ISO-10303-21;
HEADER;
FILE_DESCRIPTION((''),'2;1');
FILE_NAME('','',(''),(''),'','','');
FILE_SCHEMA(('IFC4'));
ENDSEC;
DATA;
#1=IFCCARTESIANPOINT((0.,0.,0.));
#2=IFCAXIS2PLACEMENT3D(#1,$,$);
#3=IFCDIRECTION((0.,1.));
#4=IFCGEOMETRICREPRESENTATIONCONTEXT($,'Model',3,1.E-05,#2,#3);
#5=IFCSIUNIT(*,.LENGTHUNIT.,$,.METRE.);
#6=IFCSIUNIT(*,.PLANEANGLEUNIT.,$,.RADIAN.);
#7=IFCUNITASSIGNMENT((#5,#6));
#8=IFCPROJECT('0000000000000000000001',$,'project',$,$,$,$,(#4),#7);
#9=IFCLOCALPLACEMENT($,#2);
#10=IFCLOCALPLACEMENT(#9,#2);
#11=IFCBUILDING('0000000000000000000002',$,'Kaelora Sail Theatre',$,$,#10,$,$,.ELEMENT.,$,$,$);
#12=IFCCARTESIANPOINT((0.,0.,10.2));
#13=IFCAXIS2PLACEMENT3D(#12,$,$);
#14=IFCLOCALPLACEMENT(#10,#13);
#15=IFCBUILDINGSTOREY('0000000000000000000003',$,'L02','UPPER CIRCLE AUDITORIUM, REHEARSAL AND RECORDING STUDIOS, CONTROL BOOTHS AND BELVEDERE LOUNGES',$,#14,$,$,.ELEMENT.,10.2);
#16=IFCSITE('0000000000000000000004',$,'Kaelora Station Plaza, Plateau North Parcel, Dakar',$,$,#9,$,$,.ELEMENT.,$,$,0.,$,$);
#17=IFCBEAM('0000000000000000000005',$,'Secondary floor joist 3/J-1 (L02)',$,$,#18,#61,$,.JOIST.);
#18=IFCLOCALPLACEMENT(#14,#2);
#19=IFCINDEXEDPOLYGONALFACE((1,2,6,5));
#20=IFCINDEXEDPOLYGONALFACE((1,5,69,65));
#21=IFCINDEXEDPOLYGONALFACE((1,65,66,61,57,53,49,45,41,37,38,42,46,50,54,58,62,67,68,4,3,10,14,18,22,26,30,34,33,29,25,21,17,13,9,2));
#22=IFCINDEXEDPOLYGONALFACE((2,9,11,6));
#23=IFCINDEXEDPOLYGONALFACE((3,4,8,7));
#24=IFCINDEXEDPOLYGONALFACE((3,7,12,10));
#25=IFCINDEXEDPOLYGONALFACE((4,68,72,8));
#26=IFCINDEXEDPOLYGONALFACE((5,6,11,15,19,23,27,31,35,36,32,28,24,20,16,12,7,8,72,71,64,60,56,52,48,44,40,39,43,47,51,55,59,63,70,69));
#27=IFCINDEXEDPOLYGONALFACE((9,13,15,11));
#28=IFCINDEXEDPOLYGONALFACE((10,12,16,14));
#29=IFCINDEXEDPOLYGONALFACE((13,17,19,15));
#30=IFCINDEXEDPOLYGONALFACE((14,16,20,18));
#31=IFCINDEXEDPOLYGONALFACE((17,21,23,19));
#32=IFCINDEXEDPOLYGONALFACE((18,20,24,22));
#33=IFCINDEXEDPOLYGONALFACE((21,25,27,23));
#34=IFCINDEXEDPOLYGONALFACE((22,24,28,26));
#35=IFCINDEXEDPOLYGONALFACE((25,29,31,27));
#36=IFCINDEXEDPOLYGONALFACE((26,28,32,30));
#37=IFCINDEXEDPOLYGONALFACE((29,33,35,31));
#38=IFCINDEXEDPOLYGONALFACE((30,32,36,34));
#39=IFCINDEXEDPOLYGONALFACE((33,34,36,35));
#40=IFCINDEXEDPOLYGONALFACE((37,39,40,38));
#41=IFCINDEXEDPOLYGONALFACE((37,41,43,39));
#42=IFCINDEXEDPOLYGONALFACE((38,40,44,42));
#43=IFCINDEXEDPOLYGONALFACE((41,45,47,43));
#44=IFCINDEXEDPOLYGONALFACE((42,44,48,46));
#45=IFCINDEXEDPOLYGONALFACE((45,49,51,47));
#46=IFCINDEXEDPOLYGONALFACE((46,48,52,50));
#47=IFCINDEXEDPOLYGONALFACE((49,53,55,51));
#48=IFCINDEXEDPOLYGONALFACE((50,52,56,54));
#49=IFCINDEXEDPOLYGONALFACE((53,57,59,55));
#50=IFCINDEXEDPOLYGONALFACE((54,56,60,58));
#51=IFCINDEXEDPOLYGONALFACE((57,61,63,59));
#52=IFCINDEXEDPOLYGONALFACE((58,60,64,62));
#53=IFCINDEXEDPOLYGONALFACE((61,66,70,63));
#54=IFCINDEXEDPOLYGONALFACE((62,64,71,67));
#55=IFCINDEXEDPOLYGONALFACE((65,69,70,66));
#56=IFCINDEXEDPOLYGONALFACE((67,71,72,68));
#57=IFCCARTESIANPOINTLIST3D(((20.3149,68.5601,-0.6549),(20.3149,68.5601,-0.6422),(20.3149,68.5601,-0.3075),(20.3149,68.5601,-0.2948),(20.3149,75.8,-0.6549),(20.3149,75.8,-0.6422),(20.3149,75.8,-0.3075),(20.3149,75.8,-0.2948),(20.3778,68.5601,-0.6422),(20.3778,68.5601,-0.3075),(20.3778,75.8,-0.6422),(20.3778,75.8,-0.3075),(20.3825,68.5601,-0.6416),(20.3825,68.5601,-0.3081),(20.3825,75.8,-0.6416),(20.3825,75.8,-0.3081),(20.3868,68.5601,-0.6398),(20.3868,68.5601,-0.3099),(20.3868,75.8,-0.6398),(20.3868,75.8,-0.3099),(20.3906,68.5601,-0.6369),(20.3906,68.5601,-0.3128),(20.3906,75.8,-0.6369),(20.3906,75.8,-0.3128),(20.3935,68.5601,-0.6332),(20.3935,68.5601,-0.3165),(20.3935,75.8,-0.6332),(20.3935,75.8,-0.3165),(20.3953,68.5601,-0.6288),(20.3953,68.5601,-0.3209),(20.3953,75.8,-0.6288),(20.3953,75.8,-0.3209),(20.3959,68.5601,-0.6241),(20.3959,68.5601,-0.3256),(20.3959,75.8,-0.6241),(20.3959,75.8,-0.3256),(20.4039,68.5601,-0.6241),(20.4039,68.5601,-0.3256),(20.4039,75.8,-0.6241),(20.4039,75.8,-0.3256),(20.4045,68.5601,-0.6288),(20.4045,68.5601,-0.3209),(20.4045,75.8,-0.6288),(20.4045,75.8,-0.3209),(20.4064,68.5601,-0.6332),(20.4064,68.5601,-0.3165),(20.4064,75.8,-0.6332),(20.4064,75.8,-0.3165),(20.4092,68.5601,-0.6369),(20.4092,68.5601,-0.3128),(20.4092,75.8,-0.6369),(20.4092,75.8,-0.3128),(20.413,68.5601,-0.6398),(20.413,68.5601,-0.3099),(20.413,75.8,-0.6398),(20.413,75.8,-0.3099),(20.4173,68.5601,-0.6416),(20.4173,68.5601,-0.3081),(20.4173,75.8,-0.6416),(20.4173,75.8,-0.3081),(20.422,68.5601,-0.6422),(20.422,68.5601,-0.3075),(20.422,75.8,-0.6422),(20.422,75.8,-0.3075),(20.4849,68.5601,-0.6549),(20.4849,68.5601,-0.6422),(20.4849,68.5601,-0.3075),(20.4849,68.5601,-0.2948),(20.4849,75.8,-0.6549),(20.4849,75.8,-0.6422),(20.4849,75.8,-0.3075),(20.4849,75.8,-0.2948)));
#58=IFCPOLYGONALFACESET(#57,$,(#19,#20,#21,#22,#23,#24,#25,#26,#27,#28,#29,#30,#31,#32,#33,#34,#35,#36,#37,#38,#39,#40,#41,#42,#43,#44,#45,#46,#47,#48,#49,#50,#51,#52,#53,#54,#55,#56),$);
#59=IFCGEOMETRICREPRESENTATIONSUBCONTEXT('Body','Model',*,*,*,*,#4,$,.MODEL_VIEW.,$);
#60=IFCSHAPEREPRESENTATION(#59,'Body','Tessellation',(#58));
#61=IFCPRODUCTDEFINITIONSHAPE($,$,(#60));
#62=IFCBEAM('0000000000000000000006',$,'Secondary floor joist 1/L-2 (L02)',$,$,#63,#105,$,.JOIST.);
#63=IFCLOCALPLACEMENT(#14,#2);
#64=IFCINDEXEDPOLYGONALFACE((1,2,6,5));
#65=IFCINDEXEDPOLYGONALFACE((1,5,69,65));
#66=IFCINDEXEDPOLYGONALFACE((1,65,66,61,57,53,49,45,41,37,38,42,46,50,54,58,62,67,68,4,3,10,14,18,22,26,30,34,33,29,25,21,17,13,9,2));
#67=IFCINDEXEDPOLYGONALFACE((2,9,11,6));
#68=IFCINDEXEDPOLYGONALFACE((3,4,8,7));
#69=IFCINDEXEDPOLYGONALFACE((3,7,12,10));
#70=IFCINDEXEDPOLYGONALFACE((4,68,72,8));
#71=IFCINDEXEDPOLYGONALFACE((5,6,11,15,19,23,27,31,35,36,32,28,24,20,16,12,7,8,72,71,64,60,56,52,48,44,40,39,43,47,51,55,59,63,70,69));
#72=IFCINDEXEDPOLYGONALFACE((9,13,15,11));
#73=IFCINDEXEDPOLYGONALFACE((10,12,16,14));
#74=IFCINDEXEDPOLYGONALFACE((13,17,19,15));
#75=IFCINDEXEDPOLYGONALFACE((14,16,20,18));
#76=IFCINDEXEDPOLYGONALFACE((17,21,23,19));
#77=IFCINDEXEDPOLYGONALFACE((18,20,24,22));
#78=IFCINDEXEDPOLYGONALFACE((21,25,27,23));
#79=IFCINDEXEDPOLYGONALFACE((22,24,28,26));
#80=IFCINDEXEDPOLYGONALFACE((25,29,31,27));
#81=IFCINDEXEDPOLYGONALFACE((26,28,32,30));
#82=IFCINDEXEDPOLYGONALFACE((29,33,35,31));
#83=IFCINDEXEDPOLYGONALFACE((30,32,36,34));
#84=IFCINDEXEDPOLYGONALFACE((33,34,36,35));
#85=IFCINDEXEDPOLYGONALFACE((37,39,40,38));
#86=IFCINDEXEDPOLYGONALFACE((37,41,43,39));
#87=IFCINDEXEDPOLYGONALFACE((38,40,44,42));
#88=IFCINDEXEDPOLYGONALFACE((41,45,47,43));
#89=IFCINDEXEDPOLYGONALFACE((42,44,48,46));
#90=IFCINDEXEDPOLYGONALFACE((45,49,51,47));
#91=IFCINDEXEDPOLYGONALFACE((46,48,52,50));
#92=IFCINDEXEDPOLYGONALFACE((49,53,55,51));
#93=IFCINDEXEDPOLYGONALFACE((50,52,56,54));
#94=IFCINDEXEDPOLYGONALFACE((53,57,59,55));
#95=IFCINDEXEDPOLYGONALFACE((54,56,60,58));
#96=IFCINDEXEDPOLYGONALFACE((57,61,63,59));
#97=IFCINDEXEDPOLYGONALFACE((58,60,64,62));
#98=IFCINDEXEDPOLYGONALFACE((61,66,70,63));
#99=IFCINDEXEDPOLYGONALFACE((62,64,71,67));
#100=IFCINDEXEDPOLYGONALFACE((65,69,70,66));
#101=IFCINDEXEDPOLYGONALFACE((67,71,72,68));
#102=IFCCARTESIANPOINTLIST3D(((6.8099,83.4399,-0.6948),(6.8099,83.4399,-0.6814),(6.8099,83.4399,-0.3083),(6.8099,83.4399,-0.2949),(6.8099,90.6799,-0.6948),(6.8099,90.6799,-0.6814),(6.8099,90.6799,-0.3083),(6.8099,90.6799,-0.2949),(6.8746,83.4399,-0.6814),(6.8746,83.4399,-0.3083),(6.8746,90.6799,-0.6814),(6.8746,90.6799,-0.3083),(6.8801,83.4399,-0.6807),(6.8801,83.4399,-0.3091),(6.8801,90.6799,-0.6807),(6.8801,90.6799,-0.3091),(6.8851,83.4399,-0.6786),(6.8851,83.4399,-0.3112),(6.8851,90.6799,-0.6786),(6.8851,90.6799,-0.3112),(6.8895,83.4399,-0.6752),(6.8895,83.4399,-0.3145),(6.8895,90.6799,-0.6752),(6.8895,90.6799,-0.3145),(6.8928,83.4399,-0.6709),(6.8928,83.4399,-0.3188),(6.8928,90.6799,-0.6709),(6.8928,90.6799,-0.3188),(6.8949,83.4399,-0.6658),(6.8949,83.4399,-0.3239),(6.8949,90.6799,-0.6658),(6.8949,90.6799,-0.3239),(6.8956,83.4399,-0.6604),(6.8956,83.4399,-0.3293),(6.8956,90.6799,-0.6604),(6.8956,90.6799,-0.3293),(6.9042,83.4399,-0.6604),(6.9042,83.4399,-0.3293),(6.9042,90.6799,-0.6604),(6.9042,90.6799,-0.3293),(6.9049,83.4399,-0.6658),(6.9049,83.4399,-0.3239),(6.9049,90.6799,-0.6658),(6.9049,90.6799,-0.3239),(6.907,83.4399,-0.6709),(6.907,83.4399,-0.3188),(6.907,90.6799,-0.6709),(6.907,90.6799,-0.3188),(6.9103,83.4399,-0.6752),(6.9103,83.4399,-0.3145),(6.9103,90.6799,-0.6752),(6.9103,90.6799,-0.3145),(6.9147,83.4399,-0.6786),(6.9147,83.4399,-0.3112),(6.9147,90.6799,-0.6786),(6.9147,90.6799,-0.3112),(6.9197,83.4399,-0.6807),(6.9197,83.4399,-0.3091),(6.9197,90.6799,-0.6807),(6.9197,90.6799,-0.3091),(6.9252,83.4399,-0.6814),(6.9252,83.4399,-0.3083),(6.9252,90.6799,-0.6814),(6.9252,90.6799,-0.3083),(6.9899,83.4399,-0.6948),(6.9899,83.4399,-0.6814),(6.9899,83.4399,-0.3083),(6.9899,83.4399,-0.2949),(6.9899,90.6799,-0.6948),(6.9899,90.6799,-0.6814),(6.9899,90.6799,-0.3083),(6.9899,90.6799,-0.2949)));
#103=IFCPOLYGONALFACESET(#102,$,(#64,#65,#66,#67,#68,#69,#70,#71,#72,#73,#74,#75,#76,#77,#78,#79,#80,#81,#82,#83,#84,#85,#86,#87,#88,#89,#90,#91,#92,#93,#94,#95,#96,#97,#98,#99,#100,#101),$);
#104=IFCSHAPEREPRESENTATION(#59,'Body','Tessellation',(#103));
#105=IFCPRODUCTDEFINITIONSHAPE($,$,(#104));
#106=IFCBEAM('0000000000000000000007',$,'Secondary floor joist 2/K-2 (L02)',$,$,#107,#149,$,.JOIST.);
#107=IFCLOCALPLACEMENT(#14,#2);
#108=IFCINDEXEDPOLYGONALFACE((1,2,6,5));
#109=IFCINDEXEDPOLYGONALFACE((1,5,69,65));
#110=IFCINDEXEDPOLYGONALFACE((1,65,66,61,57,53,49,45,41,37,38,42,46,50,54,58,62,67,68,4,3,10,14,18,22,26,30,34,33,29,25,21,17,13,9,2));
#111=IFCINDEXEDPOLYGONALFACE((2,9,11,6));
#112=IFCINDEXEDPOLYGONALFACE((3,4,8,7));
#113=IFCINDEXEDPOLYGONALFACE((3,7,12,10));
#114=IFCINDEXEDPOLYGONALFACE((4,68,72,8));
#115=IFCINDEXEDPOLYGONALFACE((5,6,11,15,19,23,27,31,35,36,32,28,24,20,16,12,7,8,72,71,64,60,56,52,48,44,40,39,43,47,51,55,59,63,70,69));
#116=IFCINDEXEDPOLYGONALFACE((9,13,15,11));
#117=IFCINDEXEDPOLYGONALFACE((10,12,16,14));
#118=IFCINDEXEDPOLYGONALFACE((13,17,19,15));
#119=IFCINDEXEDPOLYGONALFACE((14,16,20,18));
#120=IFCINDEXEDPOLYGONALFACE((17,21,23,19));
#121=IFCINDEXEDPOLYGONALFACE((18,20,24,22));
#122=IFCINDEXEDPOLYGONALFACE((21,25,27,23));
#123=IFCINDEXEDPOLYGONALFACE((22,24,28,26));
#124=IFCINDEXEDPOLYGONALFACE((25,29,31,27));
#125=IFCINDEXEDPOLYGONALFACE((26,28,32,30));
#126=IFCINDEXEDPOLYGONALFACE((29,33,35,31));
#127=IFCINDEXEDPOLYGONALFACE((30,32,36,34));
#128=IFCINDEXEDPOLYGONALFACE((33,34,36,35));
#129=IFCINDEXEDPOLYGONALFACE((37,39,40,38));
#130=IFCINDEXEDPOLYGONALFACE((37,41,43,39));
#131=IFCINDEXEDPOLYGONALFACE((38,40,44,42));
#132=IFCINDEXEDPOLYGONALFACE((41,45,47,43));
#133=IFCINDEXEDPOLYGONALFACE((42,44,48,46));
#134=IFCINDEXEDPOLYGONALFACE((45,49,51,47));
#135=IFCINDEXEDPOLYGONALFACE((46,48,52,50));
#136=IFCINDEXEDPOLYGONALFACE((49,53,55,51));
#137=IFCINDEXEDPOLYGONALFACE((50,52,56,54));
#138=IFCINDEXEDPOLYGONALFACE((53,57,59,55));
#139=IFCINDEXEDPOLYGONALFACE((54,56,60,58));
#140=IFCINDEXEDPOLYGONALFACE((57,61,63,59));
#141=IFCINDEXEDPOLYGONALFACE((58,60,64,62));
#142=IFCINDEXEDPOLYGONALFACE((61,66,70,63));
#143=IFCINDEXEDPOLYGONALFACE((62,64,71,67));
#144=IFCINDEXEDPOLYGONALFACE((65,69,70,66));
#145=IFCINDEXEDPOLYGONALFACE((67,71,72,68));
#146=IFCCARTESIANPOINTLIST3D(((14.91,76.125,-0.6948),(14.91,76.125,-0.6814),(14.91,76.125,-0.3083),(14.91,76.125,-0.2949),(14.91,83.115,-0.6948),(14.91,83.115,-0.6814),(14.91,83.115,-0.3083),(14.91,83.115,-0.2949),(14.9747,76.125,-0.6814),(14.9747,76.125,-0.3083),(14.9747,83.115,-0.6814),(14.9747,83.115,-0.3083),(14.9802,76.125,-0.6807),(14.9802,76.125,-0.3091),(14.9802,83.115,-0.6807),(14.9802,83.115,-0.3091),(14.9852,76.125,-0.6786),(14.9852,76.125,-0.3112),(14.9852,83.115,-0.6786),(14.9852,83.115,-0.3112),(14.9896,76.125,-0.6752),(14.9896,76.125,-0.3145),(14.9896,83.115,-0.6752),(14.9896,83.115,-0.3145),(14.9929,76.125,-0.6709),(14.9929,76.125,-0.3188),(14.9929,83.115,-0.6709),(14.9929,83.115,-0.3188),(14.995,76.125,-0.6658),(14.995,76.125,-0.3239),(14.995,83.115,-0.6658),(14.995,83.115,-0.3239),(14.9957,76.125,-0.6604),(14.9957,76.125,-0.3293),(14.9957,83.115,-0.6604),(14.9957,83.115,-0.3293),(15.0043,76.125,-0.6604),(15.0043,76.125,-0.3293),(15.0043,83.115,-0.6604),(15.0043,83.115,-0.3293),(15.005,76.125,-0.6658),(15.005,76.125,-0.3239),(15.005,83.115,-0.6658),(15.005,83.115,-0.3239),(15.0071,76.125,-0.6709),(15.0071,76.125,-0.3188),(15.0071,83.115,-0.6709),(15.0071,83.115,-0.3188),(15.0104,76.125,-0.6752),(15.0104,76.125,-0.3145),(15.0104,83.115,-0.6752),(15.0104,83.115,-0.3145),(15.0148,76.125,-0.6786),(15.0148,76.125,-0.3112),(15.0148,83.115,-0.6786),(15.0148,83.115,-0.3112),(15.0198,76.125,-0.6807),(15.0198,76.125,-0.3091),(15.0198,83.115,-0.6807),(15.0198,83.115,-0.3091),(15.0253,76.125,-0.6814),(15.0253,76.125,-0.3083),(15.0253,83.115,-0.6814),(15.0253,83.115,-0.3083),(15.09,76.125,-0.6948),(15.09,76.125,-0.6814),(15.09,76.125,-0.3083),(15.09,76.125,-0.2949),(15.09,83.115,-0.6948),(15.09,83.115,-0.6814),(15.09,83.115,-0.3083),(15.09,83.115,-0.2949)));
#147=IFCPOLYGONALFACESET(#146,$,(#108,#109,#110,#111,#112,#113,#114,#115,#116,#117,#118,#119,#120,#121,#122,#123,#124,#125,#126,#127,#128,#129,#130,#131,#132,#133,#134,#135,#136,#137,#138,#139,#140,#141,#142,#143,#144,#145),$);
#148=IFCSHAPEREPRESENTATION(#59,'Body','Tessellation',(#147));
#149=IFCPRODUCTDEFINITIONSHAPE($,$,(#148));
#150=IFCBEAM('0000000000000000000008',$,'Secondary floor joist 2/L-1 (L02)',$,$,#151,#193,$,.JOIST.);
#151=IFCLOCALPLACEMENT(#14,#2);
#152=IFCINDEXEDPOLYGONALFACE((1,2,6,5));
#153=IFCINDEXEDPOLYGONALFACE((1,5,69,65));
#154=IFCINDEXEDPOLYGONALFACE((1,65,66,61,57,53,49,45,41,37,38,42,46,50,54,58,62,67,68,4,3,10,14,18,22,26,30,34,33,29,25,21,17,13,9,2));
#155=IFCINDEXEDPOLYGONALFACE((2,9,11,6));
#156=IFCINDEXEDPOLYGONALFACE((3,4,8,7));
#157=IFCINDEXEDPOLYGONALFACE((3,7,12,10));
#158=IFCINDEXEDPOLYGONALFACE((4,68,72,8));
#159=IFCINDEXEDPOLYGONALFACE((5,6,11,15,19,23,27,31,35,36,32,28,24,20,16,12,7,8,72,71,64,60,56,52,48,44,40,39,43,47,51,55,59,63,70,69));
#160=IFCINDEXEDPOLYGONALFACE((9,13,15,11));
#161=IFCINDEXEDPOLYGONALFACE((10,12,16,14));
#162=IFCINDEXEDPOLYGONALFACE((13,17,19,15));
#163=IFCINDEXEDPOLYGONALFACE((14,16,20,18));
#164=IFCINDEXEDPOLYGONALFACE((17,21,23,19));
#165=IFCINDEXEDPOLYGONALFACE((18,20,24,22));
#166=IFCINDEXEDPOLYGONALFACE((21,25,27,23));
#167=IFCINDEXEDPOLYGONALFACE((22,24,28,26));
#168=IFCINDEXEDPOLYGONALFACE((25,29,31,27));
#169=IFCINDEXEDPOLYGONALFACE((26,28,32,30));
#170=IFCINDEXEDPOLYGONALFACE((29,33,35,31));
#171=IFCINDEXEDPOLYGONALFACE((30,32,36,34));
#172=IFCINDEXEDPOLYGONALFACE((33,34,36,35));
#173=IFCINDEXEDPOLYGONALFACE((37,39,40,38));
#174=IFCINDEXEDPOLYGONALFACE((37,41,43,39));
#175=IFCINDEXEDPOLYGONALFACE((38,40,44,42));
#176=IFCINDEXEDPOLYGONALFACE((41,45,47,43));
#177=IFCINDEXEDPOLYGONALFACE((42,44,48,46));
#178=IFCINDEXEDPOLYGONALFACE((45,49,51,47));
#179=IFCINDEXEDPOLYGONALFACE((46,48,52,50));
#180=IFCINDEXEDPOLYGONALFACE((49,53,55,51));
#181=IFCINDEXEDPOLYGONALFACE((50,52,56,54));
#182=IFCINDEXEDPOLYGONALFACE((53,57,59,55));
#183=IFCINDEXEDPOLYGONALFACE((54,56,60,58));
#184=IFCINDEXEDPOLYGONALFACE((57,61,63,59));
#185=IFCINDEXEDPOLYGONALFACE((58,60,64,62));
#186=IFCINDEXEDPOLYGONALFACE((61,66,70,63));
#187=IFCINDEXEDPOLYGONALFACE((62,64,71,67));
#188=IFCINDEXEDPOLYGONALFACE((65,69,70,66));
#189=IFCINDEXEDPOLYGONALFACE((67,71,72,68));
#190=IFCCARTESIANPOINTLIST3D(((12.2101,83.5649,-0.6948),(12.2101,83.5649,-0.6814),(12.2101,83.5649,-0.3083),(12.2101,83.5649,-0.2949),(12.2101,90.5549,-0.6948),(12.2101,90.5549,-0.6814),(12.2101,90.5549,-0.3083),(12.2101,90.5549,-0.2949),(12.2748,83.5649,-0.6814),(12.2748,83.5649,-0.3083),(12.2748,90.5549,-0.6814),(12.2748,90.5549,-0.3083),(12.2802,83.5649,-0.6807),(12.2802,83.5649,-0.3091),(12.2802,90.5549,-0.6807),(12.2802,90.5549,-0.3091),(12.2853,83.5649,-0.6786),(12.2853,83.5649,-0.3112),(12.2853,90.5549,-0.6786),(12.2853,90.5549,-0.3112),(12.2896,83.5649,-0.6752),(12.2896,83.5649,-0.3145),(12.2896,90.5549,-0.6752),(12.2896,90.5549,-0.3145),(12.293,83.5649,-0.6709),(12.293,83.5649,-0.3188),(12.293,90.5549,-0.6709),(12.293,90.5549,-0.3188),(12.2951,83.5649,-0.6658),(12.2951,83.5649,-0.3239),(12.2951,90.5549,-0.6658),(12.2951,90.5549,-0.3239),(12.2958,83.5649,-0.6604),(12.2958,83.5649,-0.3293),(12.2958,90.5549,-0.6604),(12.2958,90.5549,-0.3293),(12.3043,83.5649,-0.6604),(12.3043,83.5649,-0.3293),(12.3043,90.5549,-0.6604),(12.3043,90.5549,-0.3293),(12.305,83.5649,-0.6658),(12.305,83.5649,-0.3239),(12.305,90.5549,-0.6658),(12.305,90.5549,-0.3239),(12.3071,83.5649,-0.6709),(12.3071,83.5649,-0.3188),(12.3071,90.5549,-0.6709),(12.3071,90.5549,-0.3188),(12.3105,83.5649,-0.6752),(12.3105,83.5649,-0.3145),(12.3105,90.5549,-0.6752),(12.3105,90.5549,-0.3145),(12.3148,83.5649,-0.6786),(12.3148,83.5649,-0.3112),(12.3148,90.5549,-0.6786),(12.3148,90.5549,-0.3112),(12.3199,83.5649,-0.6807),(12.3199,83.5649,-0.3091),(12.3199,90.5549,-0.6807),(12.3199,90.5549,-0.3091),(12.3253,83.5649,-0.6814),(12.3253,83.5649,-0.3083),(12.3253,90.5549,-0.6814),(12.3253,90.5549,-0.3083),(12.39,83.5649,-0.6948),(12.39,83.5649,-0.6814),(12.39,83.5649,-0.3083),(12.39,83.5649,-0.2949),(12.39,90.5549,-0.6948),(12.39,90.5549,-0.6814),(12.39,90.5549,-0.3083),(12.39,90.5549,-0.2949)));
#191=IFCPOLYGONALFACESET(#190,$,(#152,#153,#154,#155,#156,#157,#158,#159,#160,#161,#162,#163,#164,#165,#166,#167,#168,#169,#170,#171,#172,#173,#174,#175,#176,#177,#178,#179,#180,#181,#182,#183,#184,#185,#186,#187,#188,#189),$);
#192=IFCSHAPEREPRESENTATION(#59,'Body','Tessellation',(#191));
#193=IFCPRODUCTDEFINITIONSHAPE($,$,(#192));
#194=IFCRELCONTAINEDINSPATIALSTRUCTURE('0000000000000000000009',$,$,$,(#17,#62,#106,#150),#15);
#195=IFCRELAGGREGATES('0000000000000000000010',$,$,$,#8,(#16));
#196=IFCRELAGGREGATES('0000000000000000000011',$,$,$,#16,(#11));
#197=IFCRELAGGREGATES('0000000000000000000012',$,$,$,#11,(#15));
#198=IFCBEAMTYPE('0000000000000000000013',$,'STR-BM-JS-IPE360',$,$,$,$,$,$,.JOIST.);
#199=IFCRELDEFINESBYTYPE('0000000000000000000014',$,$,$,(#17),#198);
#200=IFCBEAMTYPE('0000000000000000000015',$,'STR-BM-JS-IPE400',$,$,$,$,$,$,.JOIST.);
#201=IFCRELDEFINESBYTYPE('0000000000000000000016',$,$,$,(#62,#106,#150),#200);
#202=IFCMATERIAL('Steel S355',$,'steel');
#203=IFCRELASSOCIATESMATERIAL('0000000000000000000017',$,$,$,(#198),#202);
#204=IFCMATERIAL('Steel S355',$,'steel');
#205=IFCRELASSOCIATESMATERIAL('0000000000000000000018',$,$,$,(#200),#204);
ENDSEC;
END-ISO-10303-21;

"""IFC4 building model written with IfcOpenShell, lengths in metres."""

from ifc_helpers import new_model, si_unit, direction, frame, origin, origin_2d, place, context, subcontext, project, spatial, i_section, extrude, material, material_profile, profile_set, type_object, element, save


model = new_model("IFC4")

# Units and contexts
model_context = context("Model", 3, precision=1e-05, world=origin(), true_north=direction((0.0, 1.0)))
body_context = subcontext(model_context, "Body", "Model", "MODEL_VIEW")
ifc_project = project(units=[si_unit("LENGTHUNIT", "METRE"), si_unit("PLANEANGLEUNIT", "RADIAN")], contexts=[model_context])

# Site, building, storey
site_placement = place(None, origin())
site = spatial("IfcSite", under=ifc_project, at=site_placement, Name="Kaelora Station Plaza, Plateau North Parcel, Dakar", CompositionType="ELEMENT", RefElevation=0.0)
building_placement = place(site_placement, origin())
building = spatial("IfcBuilding", under=site, at=building_placement, Name="Kaelora Sail Theatre", CompositionType="ELEMENT")
storey_placement = place(building_placement, frame((0.0, 0.0, 10.2)))
storey = spatial("IfcBuildingStorey", under=building, at=storey_placement, Name="L02", Description="UPPER CIRCLE AUDITORIUM, REHEARSAL AND RECORDING STUDIOS, CONTROL BOOTHS AND BELVEDERE LOUNGES", CompositionType="ELEMENT", Elevation=10.2)

# Beams
ifc_material_1 = material(Name="Steel S355", Category="steel")
ifc_material_profile_1 = material_profile(ifc_material_1, i_section(OverallWidth=0.1699, OverallDepth=0.3601, WebThickness=0.0081, FlangeThickness=0.0127, FilletRadius=0.0181, at=origin_2d()), Name="IPE 360")
ifc_profile_set_1 = profile_set([ifc_material_profile_1], Name="Steel S355")
beam_type_1 = type_object("IfcBeamType", Name="STR-BM-JS-IPE360", PredefinedType="JOIST", material=ifc_profile_set_1)
beam_1_placement = place(storey_placement, frame((20.3999, 68.5601, -0.4749), z_axis=(0.0, 1.0, 0.0), x_axis=(-1.0, 0.0, 0.0)))
element("IfcBeam", 1, at=beam_1_placement, inside=storey, type_object=beam_type_1, Name="Secondary floor joist 3/J-1 (L02)", PredefinedType="JOIST", context=body_context, shape_type="SweptSolid", body=[
    extrude(i_section(OverallWidth=0.1699, OverallDepth=0.3601, WebThickness=0.0081, FlangeThickness=0.0127, FilletRadius=0.0181, at=origin_2d()), origin(), (0.0, 0.0, 1.0), 7.24),
])
ifc_material_2 = material(Name="Steel S355", Category="steel")
ifc_material_profile_2 = material_profile(ifc_material_2, i_section(OverallWidth=0.1799, OverallDepth=0.3999, WebThickness=0.0085, FlangeThickness=0.0134, FilletRadius=0.021, at=origin_2d()), Name="IPE 400")
ifc_profile_set_2 = profile_set([ifc_material_profile_2], Name="Steel S355")
beam_type_2 = type_object("IfcBeamType", Name="STR-BM-JS-IPE400", PredefinedType="JOIST", material=ifc_profile_set_2)
beam_2_placement = place(storey_placement, frame((6.8999, 83.4399, -0.4949), z_axis=(0.0, 1.0, 0.0), x_axis=(-1.0, 0.0, 0.0)))
element("IfcBeam", 2, at=beam_2_placement, inside=storey, type_object=beam_type_2, Name="Secondary floor joist 1/L-2 (L02)", PredefinedType="JOIST", context=body_context, shape_type="SweptSolid", body=[
    extrude(i_section(OverallWidth=0.1799, OverallDepth=0.3999, WebThickness=0.0085, FlangeThickness=0.0134, FilletRadius=0.021, at=origin_2d()), origin(), (0.0, 0.0, 1.0), 7.24),
])
for number, where, z_axis, x_axis, name in (
    (3, (15.0, 76.125, -0.4949), (0.0, 1.0, 0.0), (-1.0, 0.0, 0.0), "Secondary floor joist 2/K-2 (L02)"),
    (4, (12.3, 83.5649, -0.4949), (0.0, 1.0, 0.0), (-1.0, 0.0, 0.0), "Secondary floor joist 2/L-1 (L02)"),
):
    element("IfcBeam", number, at=place(storey_placement, frame(where, z_axis=z_axis, x_axis=x_axis)), inside=storey, type_object=beam_type_2, Name=name, PredefinedType="JOIST", context=body_context, shape_type="SweptSolid", body=[
        extrude(i_section(OverallWidth=0.1799, OverallDepth=0.3999, WebThickness=0.0085, FlangeThickness=0.0134, FilletRadius=0.021, at=origin_2d()), origin(), (0.0, 0.0, 1.0), 6.99),
    ])

save(model, "model.ifc")
